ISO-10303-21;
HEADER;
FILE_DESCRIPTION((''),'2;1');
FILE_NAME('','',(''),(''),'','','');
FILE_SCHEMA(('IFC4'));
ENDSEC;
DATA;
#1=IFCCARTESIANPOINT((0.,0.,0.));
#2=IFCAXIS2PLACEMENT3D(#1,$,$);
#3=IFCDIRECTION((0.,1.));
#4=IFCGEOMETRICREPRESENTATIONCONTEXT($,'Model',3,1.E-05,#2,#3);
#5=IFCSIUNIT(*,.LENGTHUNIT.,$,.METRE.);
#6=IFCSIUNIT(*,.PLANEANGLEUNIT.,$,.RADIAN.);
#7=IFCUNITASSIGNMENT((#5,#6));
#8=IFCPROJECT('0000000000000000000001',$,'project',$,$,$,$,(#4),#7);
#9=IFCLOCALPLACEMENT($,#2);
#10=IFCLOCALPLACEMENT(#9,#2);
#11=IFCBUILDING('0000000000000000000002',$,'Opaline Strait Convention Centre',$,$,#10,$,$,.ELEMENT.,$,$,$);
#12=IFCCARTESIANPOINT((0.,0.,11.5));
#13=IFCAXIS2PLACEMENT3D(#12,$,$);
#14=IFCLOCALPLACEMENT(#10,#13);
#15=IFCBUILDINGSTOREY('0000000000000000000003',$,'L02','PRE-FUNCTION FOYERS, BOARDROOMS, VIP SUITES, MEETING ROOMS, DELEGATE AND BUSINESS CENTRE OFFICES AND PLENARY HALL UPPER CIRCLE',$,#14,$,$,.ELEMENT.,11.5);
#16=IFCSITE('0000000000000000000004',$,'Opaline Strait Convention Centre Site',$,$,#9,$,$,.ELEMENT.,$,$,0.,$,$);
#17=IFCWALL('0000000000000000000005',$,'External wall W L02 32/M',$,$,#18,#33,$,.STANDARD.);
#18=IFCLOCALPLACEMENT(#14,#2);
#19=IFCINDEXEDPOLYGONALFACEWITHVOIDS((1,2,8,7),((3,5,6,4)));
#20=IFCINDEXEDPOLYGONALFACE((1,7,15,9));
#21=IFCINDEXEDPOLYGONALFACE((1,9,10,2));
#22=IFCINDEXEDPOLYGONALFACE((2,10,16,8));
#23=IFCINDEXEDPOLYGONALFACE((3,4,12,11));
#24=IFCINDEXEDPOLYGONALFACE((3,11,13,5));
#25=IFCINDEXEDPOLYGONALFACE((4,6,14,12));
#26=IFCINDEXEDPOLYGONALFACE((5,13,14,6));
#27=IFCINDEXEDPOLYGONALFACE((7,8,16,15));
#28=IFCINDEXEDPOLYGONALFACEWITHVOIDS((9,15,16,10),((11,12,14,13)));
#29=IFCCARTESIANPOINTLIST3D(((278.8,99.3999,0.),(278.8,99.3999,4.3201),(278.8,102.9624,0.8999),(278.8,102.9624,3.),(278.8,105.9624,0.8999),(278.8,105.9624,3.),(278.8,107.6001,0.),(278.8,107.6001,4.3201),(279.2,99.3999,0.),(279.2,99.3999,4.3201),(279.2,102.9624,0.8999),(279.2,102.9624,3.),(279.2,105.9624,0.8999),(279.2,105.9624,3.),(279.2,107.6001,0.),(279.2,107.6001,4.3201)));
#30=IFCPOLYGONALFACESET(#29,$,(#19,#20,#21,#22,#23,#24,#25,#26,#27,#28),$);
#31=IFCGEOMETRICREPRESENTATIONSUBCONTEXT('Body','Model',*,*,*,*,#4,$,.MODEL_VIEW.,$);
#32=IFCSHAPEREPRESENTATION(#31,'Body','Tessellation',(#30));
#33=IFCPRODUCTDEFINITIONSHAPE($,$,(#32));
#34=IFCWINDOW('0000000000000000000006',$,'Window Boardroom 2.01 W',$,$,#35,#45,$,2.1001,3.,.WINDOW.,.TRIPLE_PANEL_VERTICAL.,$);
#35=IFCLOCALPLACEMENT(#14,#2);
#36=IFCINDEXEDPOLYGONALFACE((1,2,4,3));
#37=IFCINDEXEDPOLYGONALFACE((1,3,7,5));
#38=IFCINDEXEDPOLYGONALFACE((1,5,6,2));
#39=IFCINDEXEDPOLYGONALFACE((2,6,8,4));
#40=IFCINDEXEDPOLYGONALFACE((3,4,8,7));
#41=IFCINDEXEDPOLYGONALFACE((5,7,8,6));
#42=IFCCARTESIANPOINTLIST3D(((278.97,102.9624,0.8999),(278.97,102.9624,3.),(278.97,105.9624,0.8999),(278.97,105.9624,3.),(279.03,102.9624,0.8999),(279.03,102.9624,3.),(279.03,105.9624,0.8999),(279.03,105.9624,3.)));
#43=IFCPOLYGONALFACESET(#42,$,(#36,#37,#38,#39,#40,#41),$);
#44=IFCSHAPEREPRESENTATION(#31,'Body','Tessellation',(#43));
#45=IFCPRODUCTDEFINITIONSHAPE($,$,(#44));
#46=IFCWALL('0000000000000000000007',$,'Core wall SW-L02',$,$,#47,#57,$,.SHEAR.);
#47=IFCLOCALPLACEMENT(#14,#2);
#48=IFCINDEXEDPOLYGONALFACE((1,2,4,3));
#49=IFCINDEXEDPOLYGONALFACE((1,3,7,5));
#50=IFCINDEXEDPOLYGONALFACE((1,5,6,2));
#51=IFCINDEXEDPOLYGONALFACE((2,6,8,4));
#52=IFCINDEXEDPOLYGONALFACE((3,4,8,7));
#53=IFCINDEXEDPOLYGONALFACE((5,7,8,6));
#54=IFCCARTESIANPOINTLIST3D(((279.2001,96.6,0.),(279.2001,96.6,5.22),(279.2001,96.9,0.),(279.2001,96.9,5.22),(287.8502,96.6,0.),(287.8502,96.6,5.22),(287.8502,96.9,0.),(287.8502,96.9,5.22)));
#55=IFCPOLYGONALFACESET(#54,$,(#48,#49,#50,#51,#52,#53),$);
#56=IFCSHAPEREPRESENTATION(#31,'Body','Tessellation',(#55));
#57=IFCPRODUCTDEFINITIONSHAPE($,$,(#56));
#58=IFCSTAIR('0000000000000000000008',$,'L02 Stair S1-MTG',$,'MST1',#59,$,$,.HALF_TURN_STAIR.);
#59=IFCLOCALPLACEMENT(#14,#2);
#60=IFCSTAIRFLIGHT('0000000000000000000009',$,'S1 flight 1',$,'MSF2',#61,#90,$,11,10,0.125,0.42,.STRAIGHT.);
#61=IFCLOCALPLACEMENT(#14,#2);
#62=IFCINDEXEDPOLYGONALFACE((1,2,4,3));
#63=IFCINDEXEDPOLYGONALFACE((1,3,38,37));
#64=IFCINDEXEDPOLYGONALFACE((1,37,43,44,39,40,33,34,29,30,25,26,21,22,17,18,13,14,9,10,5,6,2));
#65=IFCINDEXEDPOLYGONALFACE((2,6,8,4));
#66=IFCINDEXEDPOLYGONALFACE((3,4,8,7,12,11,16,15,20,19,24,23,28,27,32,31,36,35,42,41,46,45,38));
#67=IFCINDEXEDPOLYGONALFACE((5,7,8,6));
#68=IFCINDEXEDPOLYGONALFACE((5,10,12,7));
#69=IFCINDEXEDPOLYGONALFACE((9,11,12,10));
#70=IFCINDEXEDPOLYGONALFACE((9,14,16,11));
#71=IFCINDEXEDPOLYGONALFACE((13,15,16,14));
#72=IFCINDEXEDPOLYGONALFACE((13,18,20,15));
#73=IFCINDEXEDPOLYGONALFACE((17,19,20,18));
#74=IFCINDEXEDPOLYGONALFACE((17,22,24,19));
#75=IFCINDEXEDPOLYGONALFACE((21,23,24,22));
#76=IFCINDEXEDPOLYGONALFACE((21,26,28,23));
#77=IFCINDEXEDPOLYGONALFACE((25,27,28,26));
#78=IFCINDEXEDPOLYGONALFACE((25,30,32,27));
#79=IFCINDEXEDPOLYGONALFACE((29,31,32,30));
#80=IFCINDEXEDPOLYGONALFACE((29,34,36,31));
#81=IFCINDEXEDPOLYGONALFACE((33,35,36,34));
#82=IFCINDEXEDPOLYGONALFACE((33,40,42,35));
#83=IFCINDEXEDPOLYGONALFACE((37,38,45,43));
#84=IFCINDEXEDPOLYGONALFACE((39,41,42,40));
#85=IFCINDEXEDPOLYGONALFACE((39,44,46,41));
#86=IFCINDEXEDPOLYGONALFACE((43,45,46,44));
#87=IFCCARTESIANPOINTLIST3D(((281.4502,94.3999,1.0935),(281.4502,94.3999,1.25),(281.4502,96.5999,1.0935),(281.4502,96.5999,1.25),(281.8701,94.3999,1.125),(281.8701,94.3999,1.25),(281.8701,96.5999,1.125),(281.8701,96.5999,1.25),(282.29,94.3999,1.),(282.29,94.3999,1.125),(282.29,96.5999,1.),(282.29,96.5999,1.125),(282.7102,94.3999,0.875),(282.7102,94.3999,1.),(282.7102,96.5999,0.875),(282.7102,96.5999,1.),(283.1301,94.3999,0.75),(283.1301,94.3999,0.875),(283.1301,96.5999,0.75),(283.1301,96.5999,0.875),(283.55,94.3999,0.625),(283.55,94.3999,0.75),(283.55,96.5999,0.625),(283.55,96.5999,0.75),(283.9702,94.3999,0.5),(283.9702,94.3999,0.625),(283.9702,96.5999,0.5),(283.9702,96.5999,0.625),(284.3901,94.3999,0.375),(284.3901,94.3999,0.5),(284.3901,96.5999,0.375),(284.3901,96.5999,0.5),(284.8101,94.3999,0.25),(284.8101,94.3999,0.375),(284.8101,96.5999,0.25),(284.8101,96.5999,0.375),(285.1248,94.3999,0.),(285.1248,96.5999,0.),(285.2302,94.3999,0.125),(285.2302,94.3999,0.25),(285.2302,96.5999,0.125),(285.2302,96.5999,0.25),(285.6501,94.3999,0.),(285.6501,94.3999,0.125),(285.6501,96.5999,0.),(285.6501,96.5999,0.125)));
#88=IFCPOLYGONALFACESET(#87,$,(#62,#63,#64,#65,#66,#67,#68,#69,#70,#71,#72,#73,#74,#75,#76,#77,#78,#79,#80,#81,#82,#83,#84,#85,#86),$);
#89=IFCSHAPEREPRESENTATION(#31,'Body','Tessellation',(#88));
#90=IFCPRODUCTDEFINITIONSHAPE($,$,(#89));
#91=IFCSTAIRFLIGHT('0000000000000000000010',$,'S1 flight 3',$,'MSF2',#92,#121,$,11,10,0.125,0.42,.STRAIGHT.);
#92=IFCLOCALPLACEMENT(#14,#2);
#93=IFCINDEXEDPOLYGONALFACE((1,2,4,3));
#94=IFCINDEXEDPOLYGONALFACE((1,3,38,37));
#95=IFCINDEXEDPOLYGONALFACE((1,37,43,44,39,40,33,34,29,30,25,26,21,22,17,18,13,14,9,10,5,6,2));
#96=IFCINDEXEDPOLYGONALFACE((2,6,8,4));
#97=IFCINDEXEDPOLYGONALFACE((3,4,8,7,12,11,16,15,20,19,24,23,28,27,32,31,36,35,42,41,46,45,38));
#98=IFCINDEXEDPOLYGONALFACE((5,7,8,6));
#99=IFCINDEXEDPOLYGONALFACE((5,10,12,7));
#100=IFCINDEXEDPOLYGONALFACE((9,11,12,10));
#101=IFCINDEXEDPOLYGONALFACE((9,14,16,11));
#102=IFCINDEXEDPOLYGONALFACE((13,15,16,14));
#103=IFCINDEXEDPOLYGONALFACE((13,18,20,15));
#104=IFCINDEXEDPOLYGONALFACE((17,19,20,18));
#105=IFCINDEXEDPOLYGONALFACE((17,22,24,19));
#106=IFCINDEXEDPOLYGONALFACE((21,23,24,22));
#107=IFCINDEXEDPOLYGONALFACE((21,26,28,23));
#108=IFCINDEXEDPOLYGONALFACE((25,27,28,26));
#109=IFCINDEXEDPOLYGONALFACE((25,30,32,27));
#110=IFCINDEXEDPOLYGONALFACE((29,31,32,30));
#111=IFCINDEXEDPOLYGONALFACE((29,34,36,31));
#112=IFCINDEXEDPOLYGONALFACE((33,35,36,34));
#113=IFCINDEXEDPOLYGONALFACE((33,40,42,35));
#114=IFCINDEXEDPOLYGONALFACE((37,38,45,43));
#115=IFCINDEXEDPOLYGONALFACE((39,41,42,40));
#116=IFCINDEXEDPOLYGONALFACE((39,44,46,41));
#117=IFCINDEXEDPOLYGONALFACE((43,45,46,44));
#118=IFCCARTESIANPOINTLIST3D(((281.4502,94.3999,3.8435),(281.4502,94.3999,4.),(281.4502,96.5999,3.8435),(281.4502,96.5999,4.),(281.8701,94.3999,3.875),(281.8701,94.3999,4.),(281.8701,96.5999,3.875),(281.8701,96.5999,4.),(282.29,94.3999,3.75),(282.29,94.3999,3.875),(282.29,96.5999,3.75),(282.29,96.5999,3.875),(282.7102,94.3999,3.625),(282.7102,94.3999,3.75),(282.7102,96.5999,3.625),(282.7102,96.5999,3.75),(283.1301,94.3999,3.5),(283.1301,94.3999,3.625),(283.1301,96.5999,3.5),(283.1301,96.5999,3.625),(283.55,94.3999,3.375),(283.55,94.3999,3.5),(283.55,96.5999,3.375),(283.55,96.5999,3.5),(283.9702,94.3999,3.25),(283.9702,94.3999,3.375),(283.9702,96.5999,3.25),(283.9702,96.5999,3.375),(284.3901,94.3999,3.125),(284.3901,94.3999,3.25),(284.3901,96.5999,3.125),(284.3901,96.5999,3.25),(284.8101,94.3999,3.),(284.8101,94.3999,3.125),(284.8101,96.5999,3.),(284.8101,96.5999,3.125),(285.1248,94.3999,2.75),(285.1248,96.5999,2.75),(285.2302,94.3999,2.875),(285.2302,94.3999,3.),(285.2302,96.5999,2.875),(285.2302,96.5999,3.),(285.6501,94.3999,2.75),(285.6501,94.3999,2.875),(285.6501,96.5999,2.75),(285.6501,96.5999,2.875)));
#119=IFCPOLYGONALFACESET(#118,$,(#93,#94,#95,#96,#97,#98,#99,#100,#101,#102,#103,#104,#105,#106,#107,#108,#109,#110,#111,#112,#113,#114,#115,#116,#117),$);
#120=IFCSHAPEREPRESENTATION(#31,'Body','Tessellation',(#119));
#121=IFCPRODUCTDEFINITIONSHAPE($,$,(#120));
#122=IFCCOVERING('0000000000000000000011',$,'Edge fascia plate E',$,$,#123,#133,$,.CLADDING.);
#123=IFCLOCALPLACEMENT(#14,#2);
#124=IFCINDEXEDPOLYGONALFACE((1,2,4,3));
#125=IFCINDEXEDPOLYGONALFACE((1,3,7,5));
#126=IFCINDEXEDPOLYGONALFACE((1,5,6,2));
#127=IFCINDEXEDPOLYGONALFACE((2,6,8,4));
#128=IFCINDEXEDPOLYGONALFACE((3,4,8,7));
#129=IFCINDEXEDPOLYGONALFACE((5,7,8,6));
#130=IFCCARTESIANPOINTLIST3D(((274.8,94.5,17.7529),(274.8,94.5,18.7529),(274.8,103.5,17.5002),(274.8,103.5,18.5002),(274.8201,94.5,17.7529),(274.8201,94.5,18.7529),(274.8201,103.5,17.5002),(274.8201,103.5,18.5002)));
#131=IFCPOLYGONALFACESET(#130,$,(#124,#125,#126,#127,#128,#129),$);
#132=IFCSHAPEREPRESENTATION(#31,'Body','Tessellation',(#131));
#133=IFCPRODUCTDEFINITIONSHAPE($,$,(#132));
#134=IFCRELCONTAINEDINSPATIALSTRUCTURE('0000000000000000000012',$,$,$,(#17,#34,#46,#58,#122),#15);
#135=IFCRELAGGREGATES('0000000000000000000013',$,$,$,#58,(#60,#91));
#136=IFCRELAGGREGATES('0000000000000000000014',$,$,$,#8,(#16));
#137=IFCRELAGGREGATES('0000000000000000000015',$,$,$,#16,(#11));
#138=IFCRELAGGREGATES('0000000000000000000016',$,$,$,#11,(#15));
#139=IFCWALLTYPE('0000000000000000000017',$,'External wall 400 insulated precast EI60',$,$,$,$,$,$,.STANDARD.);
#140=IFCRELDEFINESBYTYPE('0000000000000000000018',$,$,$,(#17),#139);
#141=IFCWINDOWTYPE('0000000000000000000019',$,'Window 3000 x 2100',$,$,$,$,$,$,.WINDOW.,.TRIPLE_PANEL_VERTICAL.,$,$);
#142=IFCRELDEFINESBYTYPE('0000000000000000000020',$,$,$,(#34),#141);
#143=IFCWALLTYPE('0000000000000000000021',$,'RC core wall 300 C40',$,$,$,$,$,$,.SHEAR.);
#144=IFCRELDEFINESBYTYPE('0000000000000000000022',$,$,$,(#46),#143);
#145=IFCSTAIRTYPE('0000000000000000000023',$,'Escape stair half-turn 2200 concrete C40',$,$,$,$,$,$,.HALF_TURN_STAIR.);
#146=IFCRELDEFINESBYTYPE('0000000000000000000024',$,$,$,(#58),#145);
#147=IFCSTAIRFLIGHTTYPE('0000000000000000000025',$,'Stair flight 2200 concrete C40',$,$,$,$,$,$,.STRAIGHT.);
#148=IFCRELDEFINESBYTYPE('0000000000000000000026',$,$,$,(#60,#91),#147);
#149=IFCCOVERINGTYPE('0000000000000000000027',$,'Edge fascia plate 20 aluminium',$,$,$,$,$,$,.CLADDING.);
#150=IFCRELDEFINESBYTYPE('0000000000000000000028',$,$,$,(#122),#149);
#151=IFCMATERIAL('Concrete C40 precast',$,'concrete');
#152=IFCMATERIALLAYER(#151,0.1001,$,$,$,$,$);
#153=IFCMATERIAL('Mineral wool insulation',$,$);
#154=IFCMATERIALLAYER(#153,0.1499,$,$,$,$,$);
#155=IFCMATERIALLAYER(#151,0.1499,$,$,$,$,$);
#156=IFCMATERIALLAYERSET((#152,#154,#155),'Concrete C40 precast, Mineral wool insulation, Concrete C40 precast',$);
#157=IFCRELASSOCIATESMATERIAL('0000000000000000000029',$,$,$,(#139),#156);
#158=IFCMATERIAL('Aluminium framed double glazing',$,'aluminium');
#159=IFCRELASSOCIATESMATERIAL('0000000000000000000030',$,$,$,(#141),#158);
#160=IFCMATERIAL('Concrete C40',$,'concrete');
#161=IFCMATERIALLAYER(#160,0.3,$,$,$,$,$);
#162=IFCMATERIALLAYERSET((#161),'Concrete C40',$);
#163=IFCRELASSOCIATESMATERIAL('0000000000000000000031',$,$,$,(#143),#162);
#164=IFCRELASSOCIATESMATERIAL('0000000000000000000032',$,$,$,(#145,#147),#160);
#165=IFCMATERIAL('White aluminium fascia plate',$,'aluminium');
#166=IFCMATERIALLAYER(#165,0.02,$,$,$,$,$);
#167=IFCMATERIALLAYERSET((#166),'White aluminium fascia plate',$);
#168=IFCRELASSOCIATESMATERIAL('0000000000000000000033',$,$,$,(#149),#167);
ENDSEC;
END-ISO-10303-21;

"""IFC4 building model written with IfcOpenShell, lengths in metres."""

from ifc_helpers import new_model, si_unit, direction, frame, frame_2d, origin, place, context, subcontext, project, spatial, polyline, rectangle, outline, extrude, material, layer, layer_set, type_object, element, fill, aggregate, save


model = new_model("IFC4")

# Units and contexts
model_context = context("Model", 3, precision=1e-05, world=origin(), true_north=direction((0.0, 1.0)))
body_context = subcontext(model_context, "Body", "Model", "MODEL_VIEW")
ifc_project = project(units=[si_unit("LENGTHUNIT", "METRE"), si_unit("PLANEANGLEUNIT", "RADIAN")], contexts=[model_context])

# Site, building, storey
site_placement = place(None, origin())
site = spatial("IfcSite", under=ifc_project, at=site_placement, Name="Opaline Strait Convention Centre Site", CompositionType="ELEMENT", RefElevation=0.0)
building_placement = place(site_placement, origin())
building = spatial("IfcBuilding", under=site, at=building_placement, Name="Opaline Strait Convention Centre", CompositionType="ELEMENT")
storey_placement = place(building_placement, frame((0.0, 0.0, 11.5)))
storey = spatial("IfcBuildingStorey", under=building, at=storey_placement, Name="L02", Description="PRE-FUNCTION FOYERS, BOARDROOMS, VIP SUITES, MEETING ROOMS, DELEGATE AND BUSINESS CENTRE OFFICES AND PLENARY HALL UPPER CIRCLE", CompositionType="ELEMENT", Elevation=11.5)

# Shared definitions
ifc_material_1 = material(Name="Concrete C40", Category="concrete")

# Wall, opening, window
ifc_material_2 = material(Name="Concrete C40 precast", Category="concrete")
ifc_layer_1 = layer(ifc_material_2, 0.1001)
ifc_material_3 = material(Name="Mineral wool insulation")
ifc_layer_2 = layer(ifc_material_3, 0.1499)
ifc_layer_3 = layer(ifc_material_2, 0.1499)
ifc_layer_set_1 = layer_set([ifc_layer_1, ifc_layer_2, ifc_layer_3], Name="Concrete C40 precast, Mineral wool insulation, Concrete C40 precast")
wall_type_1 = type_object("IfcWallType", Name="External wall 400 insulated precast EI60", PredefinedType="STANDARD", material=ifc_layer_set_1)
wall_1_placement = place(storey_placement, frame((279.0, 99.3999, 0.0), z_axis=(0.0, 0.0, 1.0), x_axis=(0.0, 1.0, 0.0)))
wall_1 = element("IfcWall", 1, at=wall_1_placement, inside=storey, type_object=wall_type_1, Name="External wall W L02 32/M", PredefinedType="STANDARD", context=body_context, shape_type="SweptSolid", body=[
    extrude(rectangle(XDim=8.2002, YDim=0.3999, at=frame_2d((4.1001, 0.0))), origin(), (0.0, 0.0, 1.0), 4.3201),
])
opening_1_placement = place(wall_1_placement, frame((3.5625, 0.0, 0.8999)))
opening_1 = element("IfcOpeningElement", 2, at=opening_1_placement, cuts=wall_1, PredefinedType="OPENING", context=body_context, shape_type="SweptSolid", body=[
    extrude(rectangle(XDim=3.0, YDim=2.1001, at=frame_2d((1.5, 1.05))), frame((0.0, 0.21, 0.0), z_axis=(0.0, -1.0, 0.0), x_axis=(1.0, 0.0, 0.0)), (0.0, 0.0, 1.0), 0.4199),
])
ifc_material_4 = material(Name="Aluminium framed double glazing", Category="aluminium")
window_type = type_object("IfcWindowType", Name="Window 3000 x 2100", PartitioningType="TRIPLE_PANEL_VERTICAL", PredefinedType="WINDOW", material=ifc_material_4)
window_placement = place(opening_1_placement, origin())
window = element("IfcWindow", 3, at=window_placement, inside=storey, type_object=window_type, Name="Window Boardroom 2.01 W", OverallHeight=2.1001, OverallWidth=3.0, PartitioningType="TRIPLE_PANEL_VERTICAL", PredefinedType="WINDOW", context=body_context, shape_type="SweptSolid", body=[
    extrude(rectangle(XDim=3.0, YDim=2.1001, at=frame_2d((1.5, 1.05))), frame((0.0, 0.03, 0.0), z_axis=(0.0, -1.0, 0.0), x_axis=(1.0, 0.0, 0.0)), (0.0, 0.0, 1.0), 0.0601),
])
fill(opening_1, window)

# Wall
ifc_layer_4 = layer(ifc_material_1, 0.3)
ifc_layer_set_2 = layer_set([ifc_layer_4], Name="Concrete C40")
wall_type_2 = type_object("IfcWallType", Name="RC core wall 300 C40", PredefinedType="SHEAR", material=ifc_layer_set_2)
wall_2_placement = place(storey_placement, frame((279.2, 96.75, 0.0), z_axis=(0.0, 0.0, 1.0), x_axis=(1.0, 0.0, 0.0)))
element("IfcWall", 4, at=wall_2_placement, inside=storey, type_object=wall_type_2, Name="Core wall SW-L02", PredefinedType="SHEAR", context=body_context, shape_type="SweptSolid", body=[
    extrude(rectangle(XDim=8.6501, YDim=0.3, at=frame_2d((4.3252, 0.0))), origin(), (0.0, 0.0, 1.0), 5.22),
])

# Stair, stair flights
stair_type = type_object("IfcStairType", Name="Escape stair half-turn 2200 concrete C40", PredefinedType="HALF_TURN_STAIR", material=ifc_material_1)
stair_placement = place(storey_placement, origin())
stair = element("IfcStair", 5, at=stair_placement, inside=storey, type_object=stair_type, Name="L02 Stair S1-MTG", ObjectType="MST1", PredefinedType="HALF_TURN_STAIR")
stair_flight_type = type_object("IfcStairFlightType", Name="Stair flight 2200 concrete C40", PredefinedType="STRAIGHT", material=ifc_material_1)
stair_flight_1_placement = place(storey_placement, frame((285.6501, 95.5, 0.0), z_axis=(0.0, 0.0, 1.0), x_axis=(-1.0, 0.0, 0.0)))
stair_flight_1 = element("IfcStairFlight", 6, at=stair_flight_1_placement, type_object=stair_flight_type, Name="S1 flight 1", ObjectType="MSF2", NumberOfRisers=11, NumberOfTreads=10, PredefinedType="STRAIGHT", RiserHeight=0.125, TreadLength=0.42, context=body_context, shape_type="SweptSolid", body=[
    extrude(outline(polyline([(0.0, 0.0), (0.0, 0.125), (0.4199, 0.125), (0.4199, 0.25), (0.8401, 0.25), (0.8401, 0.375), (1.26, 0.375), (1.26, 0.5), (1.6799, 0.5), (1.6799, 0.625), (2.1001, 0.625), (2.1001, 0.75), (2.52, 0.75), (2.52, 0.875), (2.9399, 0.875), (2.9399, 1.0), (3.3601, 1.0), (3.3601, 1.125), (3.78, 1.125), (3.78, 1.25), (4.2, 1.25), (4.2, 1.375), (4.2, 1.0935), (0.5254, 0.0), (0.0, 0.0)])), frame((0.0, 1.1001, 0.0), z_axis=(0.0, -1.0, 0.0), x_axis=(1.0, 0.0, 0.0)), (0.0, 0.0, 1.0), 2.2),
])
stair_flight_2_placement = place(storey_placement, frame((285.6501, 95.5, 2.75), z_axis=(0.0, 0.0, 1.0), x_axis=(-1.0, 0.0, 0.0)))
stair_flight_2 = element("IfcStairFlight", 7, at=stair_flight_2_placement, type_object=stair_flight_type, Name="S1 flight 3", ObjectType="MSF2", NumberOfRisers=11, NumberOfTreads=10, PredefinedType="STRAIGHT", RiserHeight=0.125, TreadLength=0.42, context=body_context, shape_type="SweptSolid", body=[
    extrude(outline(polyline([(0.0, 0.0), (0.0, 0.125), (0.4199, 0.125), (0.4199, 0.25), (0.8401, 0.25), (0.8401, 0.375), (1.26, 0.375), (1.26, 0.5), (1.6799, 0.5), (1.6799, 0.625), (2.1001, 0.625), (2.1001, 0.75), (2.52, 0.75), (2.52, 0.875), (2.9399, 0.875), (2.9399, 1.0), (3.3601, 1.0), (3.3601, 1.125), (3.78, 1.125), (3.78, 1.25), (4.2, 1.25), (4.2, 1.375), (4.2, 1.0935), (0.5254, 0.0), (0.0, 0.0)])), frame((0.0, 1.1001, 0.0), z_axis=(0.0, -1.0, 0.0), x_axis=(1.0, 0.0, 0.0)), (0.0, 0.0, 1.0), 2.2),
])
aggregate(stair, [stair_flight_1, stair_flight_2])

# Covering
ifc_material_5 = material(Name="White aluminium fascia plate", Category="aluminium")
ifc_layer_5 = layer(ifc_material_5, 0.02)
ifc_layer_set_3 = layer_set([ifc_layer_5], Name="White aluminium fascia plate")
covering_type = type_object("IfcCoveringType", Name="Edge fascia plate 20 aluminium", PredefinedType="CLADDING", material=ifc_layer_set_3)
covering_placement = place(storey_placement, frame((274.8, 99.0, 18.1265), z_axis=(1.0, 0.0, 0.0), x_axis=(0.0, 1.0, 0.0)))
element("IfcCovering", 8, at=covering_placement, inside=storey, type_object=covering_type, Name="Edge fascia plate E", PredefinedType="CLADDING", context=body_context, shape_type="SweptSolid", body=[
    extrude(outline(polyline([(-4.5, 0.6265), (4.5, 0.3738), (4.5, -0.6262), (-4.5, -0.3735), (-4.5, 0.6265)])), origin(), (0.0, 0.0, 1.0), 0.02),
])

save(model, "model.ifc")
